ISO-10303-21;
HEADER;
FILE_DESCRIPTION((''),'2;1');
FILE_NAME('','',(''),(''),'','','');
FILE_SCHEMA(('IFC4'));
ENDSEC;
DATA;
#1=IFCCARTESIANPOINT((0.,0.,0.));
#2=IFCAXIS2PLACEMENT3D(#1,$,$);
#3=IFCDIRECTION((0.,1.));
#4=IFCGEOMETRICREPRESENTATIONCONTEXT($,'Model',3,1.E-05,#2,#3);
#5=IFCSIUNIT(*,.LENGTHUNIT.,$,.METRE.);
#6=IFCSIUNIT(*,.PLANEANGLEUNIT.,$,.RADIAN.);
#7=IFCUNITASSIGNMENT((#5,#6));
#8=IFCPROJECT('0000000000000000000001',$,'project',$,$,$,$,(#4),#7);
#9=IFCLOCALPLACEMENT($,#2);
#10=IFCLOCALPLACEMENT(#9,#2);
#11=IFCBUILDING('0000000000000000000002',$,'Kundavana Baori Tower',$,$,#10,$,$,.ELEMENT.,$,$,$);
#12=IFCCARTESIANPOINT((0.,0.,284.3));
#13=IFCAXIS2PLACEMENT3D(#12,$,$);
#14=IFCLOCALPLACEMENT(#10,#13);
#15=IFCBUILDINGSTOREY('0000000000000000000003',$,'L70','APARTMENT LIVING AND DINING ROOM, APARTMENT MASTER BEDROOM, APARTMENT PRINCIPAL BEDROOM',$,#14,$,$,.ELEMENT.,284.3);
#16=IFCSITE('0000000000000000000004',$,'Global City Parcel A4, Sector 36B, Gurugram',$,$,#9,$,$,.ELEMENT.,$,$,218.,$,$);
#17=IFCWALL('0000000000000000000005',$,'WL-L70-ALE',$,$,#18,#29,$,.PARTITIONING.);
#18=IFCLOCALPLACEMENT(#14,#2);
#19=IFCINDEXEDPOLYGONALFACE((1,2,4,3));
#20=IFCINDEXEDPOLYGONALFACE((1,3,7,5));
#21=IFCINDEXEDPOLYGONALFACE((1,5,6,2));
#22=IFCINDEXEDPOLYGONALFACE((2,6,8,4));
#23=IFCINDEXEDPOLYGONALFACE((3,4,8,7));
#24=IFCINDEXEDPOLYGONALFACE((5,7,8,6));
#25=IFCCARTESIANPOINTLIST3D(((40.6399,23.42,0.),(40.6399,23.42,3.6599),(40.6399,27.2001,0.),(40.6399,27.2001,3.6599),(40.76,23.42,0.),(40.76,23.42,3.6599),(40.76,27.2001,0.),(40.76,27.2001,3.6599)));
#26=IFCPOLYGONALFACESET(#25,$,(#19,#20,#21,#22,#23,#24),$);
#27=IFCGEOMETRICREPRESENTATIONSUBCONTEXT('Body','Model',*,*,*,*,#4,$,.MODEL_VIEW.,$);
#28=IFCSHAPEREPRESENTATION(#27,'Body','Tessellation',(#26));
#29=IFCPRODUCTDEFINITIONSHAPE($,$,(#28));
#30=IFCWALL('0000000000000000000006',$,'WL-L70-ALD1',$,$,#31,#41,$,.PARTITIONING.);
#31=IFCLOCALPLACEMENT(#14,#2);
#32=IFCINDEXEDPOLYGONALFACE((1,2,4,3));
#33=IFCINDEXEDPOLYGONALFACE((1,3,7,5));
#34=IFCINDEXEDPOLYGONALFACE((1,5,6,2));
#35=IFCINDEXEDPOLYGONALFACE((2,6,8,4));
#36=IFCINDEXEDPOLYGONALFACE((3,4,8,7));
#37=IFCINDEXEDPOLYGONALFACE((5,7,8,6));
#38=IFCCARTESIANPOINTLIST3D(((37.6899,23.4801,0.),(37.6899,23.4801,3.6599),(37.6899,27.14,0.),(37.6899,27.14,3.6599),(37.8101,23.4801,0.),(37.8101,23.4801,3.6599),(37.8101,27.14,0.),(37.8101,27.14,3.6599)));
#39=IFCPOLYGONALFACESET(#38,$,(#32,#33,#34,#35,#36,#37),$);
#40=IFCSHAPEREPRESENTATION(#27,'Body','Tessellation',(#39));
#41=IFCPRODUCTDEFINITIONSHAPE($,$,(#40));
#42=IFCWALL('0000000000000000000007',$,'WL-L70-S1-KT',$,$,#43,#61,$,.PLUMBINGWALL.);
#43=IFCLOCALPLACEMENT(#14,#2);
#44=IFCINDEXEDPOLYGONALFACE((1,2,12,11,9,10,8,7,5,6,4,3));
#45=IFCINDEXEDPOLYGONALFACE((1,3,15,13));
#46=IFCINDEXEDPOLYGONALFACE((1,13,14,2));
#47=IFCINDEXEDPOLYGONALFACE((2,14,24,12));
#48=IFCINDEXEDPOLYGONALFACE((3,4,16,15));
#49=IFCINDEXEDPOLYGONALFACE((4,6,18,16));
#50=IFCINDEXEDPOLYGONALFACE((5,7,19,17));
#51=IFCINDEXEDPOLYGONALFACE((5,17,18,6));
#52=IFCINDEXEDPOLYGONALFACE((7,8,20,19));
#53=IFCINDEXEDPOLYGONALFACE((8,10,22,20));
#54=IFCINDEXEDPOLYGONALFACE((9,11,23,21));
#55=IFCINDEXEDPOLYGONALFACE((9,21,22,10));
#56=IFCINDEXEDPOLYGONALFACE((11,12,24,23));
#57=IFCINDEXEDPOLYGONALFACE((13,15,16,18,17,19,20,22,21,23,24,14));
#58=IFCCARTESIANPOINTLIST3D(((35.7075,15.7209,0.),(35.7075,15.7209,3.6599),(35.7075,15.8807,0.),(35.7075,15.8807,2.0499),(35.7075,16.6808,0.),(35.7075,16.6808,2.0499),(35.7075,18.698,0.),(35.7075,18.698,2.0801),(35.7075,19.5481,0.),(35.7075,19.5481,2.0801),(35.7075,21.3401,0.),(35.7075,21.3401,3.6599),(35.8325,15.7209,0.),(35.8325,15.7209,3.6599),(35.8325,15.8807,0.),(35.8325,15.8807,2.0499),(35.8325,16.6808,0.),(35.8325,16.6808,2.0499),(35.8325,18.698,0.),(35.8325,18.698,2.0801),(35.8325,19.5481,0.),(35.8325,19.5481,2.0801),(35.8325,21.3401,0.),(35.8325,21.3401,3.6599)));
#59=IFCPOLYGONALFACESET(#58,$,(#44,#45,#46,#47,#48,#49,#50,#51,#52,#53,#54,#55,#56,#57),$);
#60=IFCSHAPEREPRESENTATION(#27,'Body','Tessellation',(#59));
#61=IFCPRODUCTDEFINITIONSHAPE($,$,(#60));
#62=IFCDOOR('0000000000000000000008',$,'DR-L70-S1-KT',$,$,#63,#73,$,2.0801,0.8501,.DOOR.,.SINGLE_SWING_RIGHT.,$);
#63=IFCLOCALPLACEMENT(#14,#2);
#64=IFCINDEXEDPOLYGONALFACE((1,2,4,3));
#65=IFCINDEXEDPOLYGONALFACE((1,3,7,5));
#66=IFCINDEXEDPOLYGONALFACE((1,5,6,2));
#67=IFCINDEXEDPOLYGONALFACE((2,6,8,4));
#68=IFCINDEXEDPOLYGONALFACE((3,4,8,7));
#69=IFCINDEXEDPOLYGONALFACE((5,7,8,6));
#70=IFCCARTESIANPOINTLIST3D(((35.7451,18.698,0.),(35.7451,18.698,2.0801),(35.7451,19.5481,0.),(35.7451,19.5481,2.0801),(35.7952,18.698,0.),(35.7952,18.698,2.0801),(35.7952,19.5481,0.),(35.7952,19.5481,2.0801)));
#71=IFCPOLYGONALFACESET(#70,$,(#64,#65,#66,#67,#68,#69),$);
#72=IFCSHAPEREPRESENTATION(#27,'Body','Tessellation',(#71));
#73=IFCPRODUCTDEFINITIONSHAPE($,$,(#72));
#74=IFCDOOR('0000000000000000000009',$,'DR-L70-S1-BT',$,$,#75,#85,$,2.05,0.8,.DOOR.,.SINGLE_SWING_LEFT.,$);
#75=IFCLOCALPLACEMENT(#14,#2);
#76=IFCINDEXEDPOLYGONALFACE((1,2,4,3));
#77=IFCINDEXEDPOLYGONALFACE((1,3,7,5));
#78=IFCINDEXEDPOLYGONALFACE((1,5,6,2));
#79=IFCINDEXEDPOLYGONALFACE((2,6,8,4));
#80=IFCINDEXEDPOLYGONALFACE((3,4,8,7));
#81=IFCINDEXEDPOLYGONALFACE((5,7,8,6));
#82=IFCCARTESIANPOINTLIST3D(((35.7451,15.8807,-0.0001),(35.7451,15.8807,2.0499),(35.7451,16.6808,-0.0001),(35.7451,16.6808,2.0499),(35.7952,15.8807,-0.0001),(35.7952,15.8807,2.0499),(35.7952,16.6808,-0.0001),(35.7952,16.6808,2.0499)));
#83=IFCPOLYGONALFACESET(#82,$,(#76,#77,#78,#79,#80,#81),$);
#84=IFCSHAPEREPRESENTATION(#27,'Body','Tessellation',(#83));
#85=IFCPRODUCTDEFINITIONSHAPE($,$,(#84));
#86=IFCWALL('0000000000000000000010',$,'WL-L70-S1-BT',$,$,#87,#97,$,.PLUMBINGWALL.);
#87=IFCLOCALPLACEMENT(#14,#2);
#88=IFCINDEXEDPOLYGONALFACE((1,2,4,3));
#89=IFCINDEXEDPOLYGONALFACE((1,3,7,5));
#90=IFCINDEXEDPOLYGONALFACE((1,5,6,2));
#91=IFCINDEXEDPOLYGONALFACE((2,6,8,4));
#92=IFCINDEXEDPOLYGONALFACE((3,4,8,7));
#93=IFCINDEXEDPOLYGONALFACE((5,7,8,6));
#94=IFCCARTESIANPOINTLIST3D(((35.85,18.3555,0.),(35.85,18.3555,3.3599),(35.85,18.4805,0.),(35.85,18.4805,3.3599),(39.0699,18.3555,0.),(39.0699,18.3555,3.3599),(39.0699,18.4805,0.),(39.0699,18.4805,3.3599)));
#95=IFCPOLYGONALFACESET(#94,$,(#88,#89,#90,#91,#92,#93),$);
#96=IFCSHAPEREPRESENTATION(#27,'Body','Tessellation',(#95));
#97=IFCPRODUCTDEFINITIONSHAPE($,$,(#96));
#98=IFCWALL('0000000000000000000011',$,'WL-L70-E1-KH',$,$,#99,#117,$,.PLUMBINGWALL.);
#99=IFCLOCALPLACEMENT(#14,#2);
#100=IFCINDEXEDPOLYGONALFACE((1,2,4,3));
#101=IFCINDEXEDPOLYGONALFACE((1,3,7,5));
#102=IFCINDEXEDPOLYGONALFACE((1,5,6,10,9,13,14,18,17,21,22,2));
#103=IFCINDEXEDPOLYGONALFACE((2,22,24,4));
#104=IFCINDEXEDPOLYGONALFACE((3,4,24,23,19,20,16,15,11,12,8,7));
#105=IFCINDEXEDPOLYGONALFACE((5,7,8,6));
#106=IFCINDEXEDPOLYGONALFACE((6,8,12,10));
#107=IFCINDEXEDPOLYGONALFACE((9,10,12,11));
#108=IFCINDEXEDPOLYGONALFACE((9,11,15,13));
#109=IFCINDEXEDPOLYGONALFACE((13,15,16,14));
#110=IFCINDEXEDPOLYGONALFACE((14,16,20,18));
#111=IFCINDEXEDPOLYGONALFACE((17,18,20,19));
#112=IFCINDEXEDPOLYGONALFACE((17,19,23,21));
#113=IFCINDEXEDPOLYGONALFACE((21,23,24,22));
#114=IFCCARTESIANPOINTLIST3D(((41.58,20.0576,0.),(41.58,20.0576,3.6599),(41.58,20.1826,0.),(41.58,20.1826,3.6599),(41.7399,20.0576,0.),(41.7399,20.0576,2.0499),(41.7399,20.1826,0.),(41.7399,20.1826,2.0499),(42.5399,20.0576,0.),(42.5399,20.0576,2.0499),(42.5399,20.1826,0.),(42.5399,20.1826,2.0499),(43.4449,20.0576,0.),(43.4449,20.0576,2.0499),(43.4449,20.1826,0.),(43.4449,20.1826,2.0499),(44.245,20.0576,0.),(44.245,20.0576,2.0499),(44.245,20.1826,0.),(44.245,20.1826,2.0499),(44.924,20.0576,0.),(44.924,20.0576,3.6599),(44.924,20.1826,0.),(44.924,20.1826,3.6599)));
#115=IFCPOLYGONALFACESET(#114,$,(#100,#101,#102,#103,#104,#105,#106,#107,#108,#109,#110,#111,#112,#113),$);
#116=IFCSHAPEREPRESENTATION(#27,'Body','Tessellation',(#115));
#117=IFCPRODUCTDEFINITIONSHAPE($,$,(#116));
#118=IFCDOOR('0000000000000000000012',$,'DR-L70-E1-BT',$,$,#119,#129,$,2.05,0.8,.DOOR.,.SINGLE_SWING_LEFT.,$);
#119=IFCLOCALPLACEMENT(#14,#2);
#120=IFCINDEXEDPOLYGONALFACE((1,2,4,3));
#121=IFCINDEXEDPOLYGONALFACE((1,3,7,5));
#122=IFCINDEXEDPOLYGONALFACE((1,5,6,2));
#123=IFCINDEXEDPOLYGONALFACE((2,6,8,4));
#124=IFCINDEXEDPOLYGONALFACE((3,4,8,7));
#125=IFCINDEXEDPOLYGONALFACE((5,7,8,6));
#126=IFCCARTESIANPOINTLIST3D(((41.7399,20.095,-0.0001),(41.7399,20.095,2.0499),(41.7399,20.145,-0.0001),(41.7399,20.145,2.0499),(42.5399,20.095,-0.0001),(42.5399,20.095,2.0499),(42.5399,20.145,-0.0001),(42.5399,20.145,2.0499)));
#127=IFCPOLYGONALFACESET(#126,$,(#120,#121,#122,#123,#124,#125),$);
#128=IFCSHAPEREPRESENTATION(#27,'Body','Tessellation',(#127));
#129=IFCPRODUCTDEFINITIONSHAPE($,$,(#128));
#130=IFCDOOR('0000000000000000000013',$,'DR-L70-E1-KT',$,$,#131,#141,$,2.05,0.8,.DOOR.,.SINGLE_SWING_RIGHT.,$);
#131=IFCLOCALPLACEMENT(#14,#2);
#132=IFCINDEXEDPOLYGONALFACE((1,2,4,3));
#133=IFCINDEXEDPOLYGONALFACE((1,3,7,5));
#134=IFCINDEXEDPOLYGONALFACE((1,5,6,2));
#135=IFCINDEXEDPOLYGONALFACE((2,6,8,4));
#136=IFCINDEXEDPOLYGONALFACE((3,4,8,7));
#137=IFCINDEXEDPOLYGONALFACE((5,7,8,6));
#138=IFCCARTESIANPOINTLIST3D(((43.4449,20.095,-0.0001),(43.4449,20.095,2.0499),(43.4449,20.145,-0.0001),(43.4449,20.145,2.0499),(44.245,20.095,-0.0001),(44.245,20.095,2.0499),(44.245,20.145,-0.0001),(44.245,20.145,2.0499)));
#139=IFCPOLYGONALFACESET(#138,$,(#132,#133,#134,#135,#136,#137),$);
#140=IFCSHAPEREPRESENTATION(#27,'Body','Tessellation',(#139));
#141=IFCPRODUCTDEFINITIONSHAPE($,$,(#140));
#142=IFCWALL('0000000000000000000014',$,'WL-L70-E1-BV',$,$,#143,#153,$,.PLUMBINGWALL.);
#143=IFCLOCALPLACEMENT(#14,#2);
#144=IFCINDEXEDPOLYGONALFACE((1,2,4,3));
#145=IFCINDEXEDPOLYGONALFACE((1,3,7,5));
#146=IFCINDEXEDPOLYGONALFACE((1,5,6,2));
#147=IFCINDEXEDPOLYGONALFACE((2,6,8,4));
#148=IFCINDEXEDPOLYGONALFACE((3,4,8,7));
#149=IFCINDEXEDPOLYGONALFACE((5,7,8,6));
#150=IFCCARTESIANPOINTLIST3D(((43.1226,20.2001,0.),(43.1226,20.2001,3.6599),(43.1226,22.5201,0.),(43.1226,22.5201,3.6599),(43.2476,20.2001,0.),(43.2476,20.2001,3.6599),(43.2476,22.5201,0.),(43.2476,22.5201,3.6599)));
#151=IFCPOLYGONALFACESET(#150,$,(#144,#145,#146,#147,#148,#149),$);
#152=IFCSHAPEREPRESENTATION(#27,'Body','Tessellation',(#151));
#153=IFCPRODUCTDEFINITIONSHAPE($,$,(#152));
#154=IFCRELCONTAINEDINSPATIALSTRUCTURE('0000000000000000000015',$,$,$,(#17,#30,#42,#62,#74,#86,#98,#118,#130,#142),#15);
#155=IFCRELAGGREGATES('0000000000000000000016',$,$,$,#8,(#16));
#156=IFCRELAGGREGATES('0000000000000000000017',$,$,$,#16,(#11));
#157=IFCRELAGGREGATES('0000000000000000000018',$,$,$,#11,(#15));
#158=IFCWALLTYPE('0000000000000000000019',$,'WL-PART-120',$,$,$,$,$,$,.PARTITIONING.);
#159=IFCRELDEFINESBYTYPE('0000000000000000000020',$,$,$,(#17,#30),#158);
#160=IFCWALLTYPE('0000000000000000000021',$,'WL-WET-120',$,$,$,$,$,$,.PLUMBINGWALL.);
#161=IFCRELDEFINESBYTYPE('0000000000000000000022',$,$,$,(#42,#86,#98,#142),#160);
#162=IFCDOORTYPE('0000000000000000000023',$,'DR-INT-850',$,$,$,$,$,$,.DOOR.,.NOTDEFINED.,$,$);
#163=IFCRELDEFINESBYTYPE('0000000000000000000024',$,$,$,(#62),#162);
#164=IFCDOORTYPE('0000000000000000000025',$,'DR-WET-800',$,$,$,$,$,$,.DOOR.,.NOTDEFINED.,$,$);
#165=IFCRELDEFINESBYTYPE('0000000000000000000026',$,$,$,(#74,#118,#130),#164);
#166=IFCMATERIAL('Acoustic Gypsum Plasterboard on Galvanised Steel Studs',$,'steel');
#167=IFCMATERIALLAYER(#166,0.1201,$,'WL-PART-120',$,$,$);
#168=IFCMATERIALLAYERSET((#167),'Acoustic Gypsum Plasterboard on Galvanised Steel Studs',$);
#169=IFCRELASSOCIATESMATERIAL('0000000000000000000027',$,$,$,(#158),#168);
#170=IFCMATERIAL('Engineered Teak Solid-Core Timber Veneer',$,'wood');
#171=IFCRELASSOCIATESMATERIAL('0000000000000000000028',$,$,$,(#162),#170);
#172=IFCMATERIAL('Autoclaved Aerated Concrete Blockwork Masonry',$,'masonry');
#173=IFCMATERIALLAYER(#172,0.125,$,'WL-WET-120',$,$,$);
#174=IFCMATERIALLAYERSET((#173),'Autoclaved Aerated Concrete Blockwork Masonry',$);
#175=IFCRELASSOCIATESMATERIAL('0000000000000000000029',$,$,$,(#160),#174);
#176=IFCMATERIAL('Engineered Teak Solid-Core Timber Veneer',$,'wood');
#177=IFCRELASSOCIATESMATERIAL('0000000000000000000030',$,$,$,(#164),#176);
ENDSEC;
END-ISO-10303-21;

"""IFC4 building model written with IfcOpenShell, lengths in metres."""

from ifc_helpers import new_model, si_unit, direction, frame, frame_2d, origin, place, context, subcontext, project, spatial, rectangle, extrude, material, layer, layer_set, type_object, element, fill, save


model = new_model("IFC4")

# Units and contexts
model_context = context("Model", 3, precision=1e-05, world=origin(), true_north=direction((0.0, 1.0)))
body_context = subcontext(model_context, "Body", "Model", "MODEL_VIEW")
ifc_project = project(units=[si_unit("LENGTHUNIT", "METRE"), si_unit("PLANEANGLEUNIT", "RADIAN")], contexts=[model_context])

# Site, building, storey
site_placement = place(None, origin())
site = spatial("IfcSite", under=ifc_project, at=site_placement, Name="Global City Parcel A4, Sector 36B, Gurugram", CompositionType="ELEMENT", RefElevation=218.0)
building_placement = place(site_placement, origin())
building = spatial("IfcBuilding", under=site, at=building_placement, Name="Kundavana Baori Tower", CompositionType="ELEMENT")
storey_placement = place(building_placement, frame((0.0, 0.0, 284.3)))
storey = spatial("IfcBuildingStorey", under=building, at=storey_placement, Name="L70", Description="APARTMENT LIVING AND DINING ROOM, APARTMENT MASTER BEDROOM, APARTMENT PRINCIPAL BEDROOM", CompositionType="ELEMENT", Elevation=284.3)

# Shared definitions
ifc_material_1 = material(Name="Acoustic Gypsum Plasterboard on Galvanised Steel Studs", Category="steel")
ifc_layer_1 = layer(ifc_material_1, 0.1201, Name="WL-PART-120")
ifc_layer_set_1 = layer_set([ifc_layer_1], Name="Acoustic Gypsum Plasterboard on Galvanised Steel Studs")
wall_type_1 = type_object("IfcWallType", Name="WL-PART-120", PredefinedType="PARTITIONING", material=ifc_layer_set_1)

# Shared definitions
ifc_material_2 = material(Name="Engineered Teak Solid-Core Timber Veneer", Category="wood")
door_type_1 = type_object("IfcDoorType", Name="DR-INT-850", OperationType="NOTDEFINED", PredefinedType="DOOR", material=ifc_material_2)

# Walls
wall_1_placement = place(storey_placement, frame((40.7, 23.4199, 0.0), z_axis=(0.0, 0.0, 1.0), x_axis=(0.0, 1.0, 0.0)))
element("IfcWall", 1, at=wall_1_placement, inside=storey, type_object=wall_type_1, Name="WL-L70-ALE", PredefinedType="PARTITIONING", context=body_context, shape_type="SweptSolid", body=[
    extrude(rectangle(XDim=3.78, YDim=0.1201, at=frame_2d((1.8901, 0.0))), origin(), (0.0, 0.0, 1.0), 3.6599),
])
wall_2_placement = place(storey_placement, frame((37.75, 23.48, 0.0), z_axis=(0.0, 0.0, 1.0), x_axis=(0.0, 1.0, 0.0)))
element("IfcWall", 2, at=wall_2_placement, inside=storey, type_object=wall_type_1, Name="WL-L70-ALD1", PredefinedType="PARTITIONING", context=body_context, shape_type="SweptSolid", body=[
    extrude(rectangle(XDim=3.6599, YDim=0.1201, at=frame_2d((1.8301, 0.0))), origin(), (0.0, 0.0, 1.0), 3.6599),
])

# Wall, openings, doors
ifc_material_3 = material(Name="Autoclaved Aerated Concrete Blockwork Masonry", Category="masonry")
ifc_layer_2 = layer(ifc_material_3, 0.125, Name="WL-WET-120")
ifc_layer_set_2 = layer_set([ifc_layer_2], Name="Autoclaved Aerated Concrete Blockwork Masonry")
wall_type_2 = type_object("IfcWallType", Name="WL-WET-120", PredefinedType="PLUMBINGWALL", material=ifc_layer_set_2)
wall_3_placement = place(storey_placement, frame((35.77, 15.7209, 0.0), z_axis=(0.0, 0.0, 1.0), x_axis=(0.0, 1.0, 0.0)))
wall_3 = element("IfcWall", 3, at=wall_3_placement, inside=storey, type_object=wall_type_2, Name="WL-L70-S1-KT", PredefinedType="PLUMBINGWALL", context=body_context, shape_type="SweptSolid", body=[
    extrude(rectangle(XDim=5.6191, YDim=0.125, at=frame_2d((2.8096, 0.0))), origin(), (0.0, 0.0, 1.0), 3.6599),
])
opening_1_placement = place(wall_3_placement, frame((0.1599, 0.0, 0.0)))
opening_1 = element("IfcOpeningElement", 4, at=opening_1_placement, cuts=wall_3, PredefinedType="OPENING", context=body_context, shape_type="SweptSolid", body=[
    extrude(rectangle(XDim=0.8, YDim=2.05, at=frame_2d((0.3999, 1.0249))), frame((0.0, 0.0725, 0.0), z_axis=(0.0, -1.0, 0.0), x_axis=(1.0, 0.0, 0.0)), (0.0, 0.0, 1.0), 0.145),
])
opening_2_placement = place(wall_3_placement, frame((2.9771, 0.0, 0.0)))
opening_2 = element("IfcOpeningElement", 5, at=opening_2_placement, cuts=wall_3, PredefinedType="OPENING", context=body_context, shape_type="SweptSolid", body=[
    extrude(rectangle(XDim=0.8501, YDim=2.0801, at=frame_2d((0.425, 1.04))), frame((0.0, 0.0725, 0.0), z_axis=(0.0, -1.0, 0.0), x_axis=(1.0, 0.0, 0.0)), (0.0, 0.0, 1.0), 0.145),
])
door_1_placement = place(opening_2_placement, origin())
door_1 = element("IfcDoor", 6, at=door_1_placement, inside=storey, type_object=door_type_1, Name="DR-L70-S1-KT", OperationType="SINGLE_SWING_RIGHT", OverallHeight=2.0801, OverallWidth=0.8501, PredefinedType="DOOR", context=body_context, shape_type="SweptSolid", body=[
    extrude(rectangle(XDim=0.8501, YDim=2.0801, at=frame_2d((0.425, 1.04))), frame((0.0, 0.0249, 0.0), z_axis=(0.0, -1.0, 0.0), x_axis=(1.0, 0.0, 0.0)), (0.0, 0.0, 1.0), 0.05),
])
fill(opening_2, door_1)
ifc_material_4 = material(Name="Engineered Teak Solid-Core Timber Veneer", Category="wood")
door_type_2 = type_object("IfcDoorType", Name="DR-WET-800", OperationType="NOTDEFINED", PredefinedType="DOOR", material=ifc_material_4)
door_2_placement = place(opening_1_placement, origin())
door_2 = element("IfcDoor", 7, at=door_2_placement, inside=storey, type_object=door_type_2, Name="DR-L70-S1-BT", OperationType="SINGLE_SWING_LEFT", OverallHeight=2.05, OverallWidth=0.8, PredefinedType="DOOR", context=body_context, shape_type="SweptSolid", body=[
    extrude(rectangle(XDim=0.8, YDim=2.05, at=frame_2d((0.3999, 1.0249))), frame((0.0, 0.0249, 0.0), z_axis=(0.0, -1.0, 0.0), x_axis=(1.0, 0.0, 0.0)), (0.0, 0.0, 1.0), 0.05),
])
fill(opening_1, door_2)

# Wall
wall_4_placement = place(storey_placement, frame((35.8501, 18.418, 0.0), z_axis=(0.0, 0.0, 1.0), x_axis=(1.0, 0.0, 0.0)))
element("IfcWall", 8, at=wall_4_placement, inside=storey, type_object=wall_type_2, Name="WL-L70-S1-BT", PredefinedType="PLUMBINGWALL", context=body_context, shape_type="SweptSolid", body=[
    extrude(rectangle(XDim=3.22, YDim=0.125, at=frame_2d((1.6099, 0.0))), origin(), (0.0, 0.0, 1.0), 3.3599),
])

# Wall, openings, doors
wall_5_placement = place(storey_placement, frame((41.5801, 20.1201, 0.0), z_axis=(0.0, 0.0, 1.0), x_axis=(1.0, 0.0, 0.0)))
wall_5 = element("IfcWall", 9, at=wall_5_placement, inside=storey, type_object=wall_type_2, Name="WL-L70-E1-KH", PredefinedType="PLUMBINGWALL", context=body_context, shape_type="SweptSolid", body=[
    extrude(rectangle(XDim=3.344, YDim=0.125, at=frame_2d((1.6719, 0.0))), origin(), (0.0, 0.0, 1.0), 3.6599),
])
opening_3_placement = place(wall_5_placement, frame((0.1599, 0.0, 0.0)))
opening_3 = element("IfcOpeningElement", 10, at=opening_3_placement, cuts=wall_5, PredefinedType="OPENING", context=body_context, shape_type="SweptSolid", body=[
    extrude(rectangle(XDim=0.8, YDim=2.05, at=frame_2d((0.3999, 1.0249))), frame((0.0, 0.0725, 0.0), z_axis=(0.0, -1.0, 0.0), x_axis=(1.0, 0.0, 0.0)), (0.0, 0.0, 1.0), 0.145),
])
opening_4_placement = place(wall_5_placement, frame((1.865, 0.0, 0.0)))
opening_4 = element("IfcOpeningElement", 11, at=opening_4_placement, cuts=wall_5, PredefinedType="OPENING", context=body_context, shape_type="SweptSolid", body=[
    extrude(rectangle(XDim=0.8, YDim=2.05, at=frame_2d((0.3999, 1.0249))), frame((0.0, 0.0725, 0.0), z_axis=(0.0, -1.0, 0.0), x_axis=(1.0, 0.0, 0.0)), (0.0, 0.0, 1.0), 0.145),
])
door_3_placement = place(opening_3_placement, origin())
door_3 = element("IfcDoor", 12, at=door_3_placement, inside=storey, type_object=door_type_2, Name="DR-L70-E1-BT", OperationType="SINGLE_SWING_LEFT", OverallHeight=2.05, OverallWidth=0.8, PredefinedType="DOOR", context=body_context, shape_type="SweptSolid", body=[
    extrude(rectangle(XDim=0.8, YDim=2.05, at=frame_2d((0.3999, 1.0249))), frame((0.0, 0.0249, 0.0), z_axis=(0.0, -1.0, 0.0), x_axis=(1.0, 0.0, 0.0)), (0.0, 0.0, 1.0), 0.05),
])
fill(opening_3, door_3)
door_4_placement = place(opening_4_placement, origin())
door_4 = element("IfcDoor", 13, at=door_4_placement, inside=storey, type_object=door_type_2, Name="DR-L70-E1-KT", OperationType="SINGLE_SWING_RIGHT", OverallHeight=2.05, OverallWidth=0.8, PredefinedType="DOOR", context=body_context, shape_type="SweptSolid", body=[
    extrude(rectangle(XDim=0.8, YDim=2.05, at=frame_2d((0.3999, 1.0249))), frame((0.0, 0.0249, 0.0), z_axis=(0.0, -1.0, 0.0), x_axis=(1.0, 0.0, 0.0)), (0.0, 0.0, 1.0), 0.05),
])
fill(opening_4, door_4)

# Wall
wall_6_placement = place(storey_placement, frame((43.1851, 20.2, 0.0), z_axis=(0.0, 0.0, 1.0), x_axis=(0.0, 1.0, 0.0)))
element("IfcWall", 14, at=wall_6_placement, inside=storey, type_object=wall_type_2, Name="WL-L70-E1-BV", PredefinedType="PLUMBINGWALL", context=body_context, shape_type="SweptSolid", body=[
    extrude(rectangle(XDim=2.3201, YDim=0.125, at=frame_2d((1.1602, 0.0))), origin(), (0.0, 0.0, 1.0), 3.6599),
])

save(model, "model.ifc")
